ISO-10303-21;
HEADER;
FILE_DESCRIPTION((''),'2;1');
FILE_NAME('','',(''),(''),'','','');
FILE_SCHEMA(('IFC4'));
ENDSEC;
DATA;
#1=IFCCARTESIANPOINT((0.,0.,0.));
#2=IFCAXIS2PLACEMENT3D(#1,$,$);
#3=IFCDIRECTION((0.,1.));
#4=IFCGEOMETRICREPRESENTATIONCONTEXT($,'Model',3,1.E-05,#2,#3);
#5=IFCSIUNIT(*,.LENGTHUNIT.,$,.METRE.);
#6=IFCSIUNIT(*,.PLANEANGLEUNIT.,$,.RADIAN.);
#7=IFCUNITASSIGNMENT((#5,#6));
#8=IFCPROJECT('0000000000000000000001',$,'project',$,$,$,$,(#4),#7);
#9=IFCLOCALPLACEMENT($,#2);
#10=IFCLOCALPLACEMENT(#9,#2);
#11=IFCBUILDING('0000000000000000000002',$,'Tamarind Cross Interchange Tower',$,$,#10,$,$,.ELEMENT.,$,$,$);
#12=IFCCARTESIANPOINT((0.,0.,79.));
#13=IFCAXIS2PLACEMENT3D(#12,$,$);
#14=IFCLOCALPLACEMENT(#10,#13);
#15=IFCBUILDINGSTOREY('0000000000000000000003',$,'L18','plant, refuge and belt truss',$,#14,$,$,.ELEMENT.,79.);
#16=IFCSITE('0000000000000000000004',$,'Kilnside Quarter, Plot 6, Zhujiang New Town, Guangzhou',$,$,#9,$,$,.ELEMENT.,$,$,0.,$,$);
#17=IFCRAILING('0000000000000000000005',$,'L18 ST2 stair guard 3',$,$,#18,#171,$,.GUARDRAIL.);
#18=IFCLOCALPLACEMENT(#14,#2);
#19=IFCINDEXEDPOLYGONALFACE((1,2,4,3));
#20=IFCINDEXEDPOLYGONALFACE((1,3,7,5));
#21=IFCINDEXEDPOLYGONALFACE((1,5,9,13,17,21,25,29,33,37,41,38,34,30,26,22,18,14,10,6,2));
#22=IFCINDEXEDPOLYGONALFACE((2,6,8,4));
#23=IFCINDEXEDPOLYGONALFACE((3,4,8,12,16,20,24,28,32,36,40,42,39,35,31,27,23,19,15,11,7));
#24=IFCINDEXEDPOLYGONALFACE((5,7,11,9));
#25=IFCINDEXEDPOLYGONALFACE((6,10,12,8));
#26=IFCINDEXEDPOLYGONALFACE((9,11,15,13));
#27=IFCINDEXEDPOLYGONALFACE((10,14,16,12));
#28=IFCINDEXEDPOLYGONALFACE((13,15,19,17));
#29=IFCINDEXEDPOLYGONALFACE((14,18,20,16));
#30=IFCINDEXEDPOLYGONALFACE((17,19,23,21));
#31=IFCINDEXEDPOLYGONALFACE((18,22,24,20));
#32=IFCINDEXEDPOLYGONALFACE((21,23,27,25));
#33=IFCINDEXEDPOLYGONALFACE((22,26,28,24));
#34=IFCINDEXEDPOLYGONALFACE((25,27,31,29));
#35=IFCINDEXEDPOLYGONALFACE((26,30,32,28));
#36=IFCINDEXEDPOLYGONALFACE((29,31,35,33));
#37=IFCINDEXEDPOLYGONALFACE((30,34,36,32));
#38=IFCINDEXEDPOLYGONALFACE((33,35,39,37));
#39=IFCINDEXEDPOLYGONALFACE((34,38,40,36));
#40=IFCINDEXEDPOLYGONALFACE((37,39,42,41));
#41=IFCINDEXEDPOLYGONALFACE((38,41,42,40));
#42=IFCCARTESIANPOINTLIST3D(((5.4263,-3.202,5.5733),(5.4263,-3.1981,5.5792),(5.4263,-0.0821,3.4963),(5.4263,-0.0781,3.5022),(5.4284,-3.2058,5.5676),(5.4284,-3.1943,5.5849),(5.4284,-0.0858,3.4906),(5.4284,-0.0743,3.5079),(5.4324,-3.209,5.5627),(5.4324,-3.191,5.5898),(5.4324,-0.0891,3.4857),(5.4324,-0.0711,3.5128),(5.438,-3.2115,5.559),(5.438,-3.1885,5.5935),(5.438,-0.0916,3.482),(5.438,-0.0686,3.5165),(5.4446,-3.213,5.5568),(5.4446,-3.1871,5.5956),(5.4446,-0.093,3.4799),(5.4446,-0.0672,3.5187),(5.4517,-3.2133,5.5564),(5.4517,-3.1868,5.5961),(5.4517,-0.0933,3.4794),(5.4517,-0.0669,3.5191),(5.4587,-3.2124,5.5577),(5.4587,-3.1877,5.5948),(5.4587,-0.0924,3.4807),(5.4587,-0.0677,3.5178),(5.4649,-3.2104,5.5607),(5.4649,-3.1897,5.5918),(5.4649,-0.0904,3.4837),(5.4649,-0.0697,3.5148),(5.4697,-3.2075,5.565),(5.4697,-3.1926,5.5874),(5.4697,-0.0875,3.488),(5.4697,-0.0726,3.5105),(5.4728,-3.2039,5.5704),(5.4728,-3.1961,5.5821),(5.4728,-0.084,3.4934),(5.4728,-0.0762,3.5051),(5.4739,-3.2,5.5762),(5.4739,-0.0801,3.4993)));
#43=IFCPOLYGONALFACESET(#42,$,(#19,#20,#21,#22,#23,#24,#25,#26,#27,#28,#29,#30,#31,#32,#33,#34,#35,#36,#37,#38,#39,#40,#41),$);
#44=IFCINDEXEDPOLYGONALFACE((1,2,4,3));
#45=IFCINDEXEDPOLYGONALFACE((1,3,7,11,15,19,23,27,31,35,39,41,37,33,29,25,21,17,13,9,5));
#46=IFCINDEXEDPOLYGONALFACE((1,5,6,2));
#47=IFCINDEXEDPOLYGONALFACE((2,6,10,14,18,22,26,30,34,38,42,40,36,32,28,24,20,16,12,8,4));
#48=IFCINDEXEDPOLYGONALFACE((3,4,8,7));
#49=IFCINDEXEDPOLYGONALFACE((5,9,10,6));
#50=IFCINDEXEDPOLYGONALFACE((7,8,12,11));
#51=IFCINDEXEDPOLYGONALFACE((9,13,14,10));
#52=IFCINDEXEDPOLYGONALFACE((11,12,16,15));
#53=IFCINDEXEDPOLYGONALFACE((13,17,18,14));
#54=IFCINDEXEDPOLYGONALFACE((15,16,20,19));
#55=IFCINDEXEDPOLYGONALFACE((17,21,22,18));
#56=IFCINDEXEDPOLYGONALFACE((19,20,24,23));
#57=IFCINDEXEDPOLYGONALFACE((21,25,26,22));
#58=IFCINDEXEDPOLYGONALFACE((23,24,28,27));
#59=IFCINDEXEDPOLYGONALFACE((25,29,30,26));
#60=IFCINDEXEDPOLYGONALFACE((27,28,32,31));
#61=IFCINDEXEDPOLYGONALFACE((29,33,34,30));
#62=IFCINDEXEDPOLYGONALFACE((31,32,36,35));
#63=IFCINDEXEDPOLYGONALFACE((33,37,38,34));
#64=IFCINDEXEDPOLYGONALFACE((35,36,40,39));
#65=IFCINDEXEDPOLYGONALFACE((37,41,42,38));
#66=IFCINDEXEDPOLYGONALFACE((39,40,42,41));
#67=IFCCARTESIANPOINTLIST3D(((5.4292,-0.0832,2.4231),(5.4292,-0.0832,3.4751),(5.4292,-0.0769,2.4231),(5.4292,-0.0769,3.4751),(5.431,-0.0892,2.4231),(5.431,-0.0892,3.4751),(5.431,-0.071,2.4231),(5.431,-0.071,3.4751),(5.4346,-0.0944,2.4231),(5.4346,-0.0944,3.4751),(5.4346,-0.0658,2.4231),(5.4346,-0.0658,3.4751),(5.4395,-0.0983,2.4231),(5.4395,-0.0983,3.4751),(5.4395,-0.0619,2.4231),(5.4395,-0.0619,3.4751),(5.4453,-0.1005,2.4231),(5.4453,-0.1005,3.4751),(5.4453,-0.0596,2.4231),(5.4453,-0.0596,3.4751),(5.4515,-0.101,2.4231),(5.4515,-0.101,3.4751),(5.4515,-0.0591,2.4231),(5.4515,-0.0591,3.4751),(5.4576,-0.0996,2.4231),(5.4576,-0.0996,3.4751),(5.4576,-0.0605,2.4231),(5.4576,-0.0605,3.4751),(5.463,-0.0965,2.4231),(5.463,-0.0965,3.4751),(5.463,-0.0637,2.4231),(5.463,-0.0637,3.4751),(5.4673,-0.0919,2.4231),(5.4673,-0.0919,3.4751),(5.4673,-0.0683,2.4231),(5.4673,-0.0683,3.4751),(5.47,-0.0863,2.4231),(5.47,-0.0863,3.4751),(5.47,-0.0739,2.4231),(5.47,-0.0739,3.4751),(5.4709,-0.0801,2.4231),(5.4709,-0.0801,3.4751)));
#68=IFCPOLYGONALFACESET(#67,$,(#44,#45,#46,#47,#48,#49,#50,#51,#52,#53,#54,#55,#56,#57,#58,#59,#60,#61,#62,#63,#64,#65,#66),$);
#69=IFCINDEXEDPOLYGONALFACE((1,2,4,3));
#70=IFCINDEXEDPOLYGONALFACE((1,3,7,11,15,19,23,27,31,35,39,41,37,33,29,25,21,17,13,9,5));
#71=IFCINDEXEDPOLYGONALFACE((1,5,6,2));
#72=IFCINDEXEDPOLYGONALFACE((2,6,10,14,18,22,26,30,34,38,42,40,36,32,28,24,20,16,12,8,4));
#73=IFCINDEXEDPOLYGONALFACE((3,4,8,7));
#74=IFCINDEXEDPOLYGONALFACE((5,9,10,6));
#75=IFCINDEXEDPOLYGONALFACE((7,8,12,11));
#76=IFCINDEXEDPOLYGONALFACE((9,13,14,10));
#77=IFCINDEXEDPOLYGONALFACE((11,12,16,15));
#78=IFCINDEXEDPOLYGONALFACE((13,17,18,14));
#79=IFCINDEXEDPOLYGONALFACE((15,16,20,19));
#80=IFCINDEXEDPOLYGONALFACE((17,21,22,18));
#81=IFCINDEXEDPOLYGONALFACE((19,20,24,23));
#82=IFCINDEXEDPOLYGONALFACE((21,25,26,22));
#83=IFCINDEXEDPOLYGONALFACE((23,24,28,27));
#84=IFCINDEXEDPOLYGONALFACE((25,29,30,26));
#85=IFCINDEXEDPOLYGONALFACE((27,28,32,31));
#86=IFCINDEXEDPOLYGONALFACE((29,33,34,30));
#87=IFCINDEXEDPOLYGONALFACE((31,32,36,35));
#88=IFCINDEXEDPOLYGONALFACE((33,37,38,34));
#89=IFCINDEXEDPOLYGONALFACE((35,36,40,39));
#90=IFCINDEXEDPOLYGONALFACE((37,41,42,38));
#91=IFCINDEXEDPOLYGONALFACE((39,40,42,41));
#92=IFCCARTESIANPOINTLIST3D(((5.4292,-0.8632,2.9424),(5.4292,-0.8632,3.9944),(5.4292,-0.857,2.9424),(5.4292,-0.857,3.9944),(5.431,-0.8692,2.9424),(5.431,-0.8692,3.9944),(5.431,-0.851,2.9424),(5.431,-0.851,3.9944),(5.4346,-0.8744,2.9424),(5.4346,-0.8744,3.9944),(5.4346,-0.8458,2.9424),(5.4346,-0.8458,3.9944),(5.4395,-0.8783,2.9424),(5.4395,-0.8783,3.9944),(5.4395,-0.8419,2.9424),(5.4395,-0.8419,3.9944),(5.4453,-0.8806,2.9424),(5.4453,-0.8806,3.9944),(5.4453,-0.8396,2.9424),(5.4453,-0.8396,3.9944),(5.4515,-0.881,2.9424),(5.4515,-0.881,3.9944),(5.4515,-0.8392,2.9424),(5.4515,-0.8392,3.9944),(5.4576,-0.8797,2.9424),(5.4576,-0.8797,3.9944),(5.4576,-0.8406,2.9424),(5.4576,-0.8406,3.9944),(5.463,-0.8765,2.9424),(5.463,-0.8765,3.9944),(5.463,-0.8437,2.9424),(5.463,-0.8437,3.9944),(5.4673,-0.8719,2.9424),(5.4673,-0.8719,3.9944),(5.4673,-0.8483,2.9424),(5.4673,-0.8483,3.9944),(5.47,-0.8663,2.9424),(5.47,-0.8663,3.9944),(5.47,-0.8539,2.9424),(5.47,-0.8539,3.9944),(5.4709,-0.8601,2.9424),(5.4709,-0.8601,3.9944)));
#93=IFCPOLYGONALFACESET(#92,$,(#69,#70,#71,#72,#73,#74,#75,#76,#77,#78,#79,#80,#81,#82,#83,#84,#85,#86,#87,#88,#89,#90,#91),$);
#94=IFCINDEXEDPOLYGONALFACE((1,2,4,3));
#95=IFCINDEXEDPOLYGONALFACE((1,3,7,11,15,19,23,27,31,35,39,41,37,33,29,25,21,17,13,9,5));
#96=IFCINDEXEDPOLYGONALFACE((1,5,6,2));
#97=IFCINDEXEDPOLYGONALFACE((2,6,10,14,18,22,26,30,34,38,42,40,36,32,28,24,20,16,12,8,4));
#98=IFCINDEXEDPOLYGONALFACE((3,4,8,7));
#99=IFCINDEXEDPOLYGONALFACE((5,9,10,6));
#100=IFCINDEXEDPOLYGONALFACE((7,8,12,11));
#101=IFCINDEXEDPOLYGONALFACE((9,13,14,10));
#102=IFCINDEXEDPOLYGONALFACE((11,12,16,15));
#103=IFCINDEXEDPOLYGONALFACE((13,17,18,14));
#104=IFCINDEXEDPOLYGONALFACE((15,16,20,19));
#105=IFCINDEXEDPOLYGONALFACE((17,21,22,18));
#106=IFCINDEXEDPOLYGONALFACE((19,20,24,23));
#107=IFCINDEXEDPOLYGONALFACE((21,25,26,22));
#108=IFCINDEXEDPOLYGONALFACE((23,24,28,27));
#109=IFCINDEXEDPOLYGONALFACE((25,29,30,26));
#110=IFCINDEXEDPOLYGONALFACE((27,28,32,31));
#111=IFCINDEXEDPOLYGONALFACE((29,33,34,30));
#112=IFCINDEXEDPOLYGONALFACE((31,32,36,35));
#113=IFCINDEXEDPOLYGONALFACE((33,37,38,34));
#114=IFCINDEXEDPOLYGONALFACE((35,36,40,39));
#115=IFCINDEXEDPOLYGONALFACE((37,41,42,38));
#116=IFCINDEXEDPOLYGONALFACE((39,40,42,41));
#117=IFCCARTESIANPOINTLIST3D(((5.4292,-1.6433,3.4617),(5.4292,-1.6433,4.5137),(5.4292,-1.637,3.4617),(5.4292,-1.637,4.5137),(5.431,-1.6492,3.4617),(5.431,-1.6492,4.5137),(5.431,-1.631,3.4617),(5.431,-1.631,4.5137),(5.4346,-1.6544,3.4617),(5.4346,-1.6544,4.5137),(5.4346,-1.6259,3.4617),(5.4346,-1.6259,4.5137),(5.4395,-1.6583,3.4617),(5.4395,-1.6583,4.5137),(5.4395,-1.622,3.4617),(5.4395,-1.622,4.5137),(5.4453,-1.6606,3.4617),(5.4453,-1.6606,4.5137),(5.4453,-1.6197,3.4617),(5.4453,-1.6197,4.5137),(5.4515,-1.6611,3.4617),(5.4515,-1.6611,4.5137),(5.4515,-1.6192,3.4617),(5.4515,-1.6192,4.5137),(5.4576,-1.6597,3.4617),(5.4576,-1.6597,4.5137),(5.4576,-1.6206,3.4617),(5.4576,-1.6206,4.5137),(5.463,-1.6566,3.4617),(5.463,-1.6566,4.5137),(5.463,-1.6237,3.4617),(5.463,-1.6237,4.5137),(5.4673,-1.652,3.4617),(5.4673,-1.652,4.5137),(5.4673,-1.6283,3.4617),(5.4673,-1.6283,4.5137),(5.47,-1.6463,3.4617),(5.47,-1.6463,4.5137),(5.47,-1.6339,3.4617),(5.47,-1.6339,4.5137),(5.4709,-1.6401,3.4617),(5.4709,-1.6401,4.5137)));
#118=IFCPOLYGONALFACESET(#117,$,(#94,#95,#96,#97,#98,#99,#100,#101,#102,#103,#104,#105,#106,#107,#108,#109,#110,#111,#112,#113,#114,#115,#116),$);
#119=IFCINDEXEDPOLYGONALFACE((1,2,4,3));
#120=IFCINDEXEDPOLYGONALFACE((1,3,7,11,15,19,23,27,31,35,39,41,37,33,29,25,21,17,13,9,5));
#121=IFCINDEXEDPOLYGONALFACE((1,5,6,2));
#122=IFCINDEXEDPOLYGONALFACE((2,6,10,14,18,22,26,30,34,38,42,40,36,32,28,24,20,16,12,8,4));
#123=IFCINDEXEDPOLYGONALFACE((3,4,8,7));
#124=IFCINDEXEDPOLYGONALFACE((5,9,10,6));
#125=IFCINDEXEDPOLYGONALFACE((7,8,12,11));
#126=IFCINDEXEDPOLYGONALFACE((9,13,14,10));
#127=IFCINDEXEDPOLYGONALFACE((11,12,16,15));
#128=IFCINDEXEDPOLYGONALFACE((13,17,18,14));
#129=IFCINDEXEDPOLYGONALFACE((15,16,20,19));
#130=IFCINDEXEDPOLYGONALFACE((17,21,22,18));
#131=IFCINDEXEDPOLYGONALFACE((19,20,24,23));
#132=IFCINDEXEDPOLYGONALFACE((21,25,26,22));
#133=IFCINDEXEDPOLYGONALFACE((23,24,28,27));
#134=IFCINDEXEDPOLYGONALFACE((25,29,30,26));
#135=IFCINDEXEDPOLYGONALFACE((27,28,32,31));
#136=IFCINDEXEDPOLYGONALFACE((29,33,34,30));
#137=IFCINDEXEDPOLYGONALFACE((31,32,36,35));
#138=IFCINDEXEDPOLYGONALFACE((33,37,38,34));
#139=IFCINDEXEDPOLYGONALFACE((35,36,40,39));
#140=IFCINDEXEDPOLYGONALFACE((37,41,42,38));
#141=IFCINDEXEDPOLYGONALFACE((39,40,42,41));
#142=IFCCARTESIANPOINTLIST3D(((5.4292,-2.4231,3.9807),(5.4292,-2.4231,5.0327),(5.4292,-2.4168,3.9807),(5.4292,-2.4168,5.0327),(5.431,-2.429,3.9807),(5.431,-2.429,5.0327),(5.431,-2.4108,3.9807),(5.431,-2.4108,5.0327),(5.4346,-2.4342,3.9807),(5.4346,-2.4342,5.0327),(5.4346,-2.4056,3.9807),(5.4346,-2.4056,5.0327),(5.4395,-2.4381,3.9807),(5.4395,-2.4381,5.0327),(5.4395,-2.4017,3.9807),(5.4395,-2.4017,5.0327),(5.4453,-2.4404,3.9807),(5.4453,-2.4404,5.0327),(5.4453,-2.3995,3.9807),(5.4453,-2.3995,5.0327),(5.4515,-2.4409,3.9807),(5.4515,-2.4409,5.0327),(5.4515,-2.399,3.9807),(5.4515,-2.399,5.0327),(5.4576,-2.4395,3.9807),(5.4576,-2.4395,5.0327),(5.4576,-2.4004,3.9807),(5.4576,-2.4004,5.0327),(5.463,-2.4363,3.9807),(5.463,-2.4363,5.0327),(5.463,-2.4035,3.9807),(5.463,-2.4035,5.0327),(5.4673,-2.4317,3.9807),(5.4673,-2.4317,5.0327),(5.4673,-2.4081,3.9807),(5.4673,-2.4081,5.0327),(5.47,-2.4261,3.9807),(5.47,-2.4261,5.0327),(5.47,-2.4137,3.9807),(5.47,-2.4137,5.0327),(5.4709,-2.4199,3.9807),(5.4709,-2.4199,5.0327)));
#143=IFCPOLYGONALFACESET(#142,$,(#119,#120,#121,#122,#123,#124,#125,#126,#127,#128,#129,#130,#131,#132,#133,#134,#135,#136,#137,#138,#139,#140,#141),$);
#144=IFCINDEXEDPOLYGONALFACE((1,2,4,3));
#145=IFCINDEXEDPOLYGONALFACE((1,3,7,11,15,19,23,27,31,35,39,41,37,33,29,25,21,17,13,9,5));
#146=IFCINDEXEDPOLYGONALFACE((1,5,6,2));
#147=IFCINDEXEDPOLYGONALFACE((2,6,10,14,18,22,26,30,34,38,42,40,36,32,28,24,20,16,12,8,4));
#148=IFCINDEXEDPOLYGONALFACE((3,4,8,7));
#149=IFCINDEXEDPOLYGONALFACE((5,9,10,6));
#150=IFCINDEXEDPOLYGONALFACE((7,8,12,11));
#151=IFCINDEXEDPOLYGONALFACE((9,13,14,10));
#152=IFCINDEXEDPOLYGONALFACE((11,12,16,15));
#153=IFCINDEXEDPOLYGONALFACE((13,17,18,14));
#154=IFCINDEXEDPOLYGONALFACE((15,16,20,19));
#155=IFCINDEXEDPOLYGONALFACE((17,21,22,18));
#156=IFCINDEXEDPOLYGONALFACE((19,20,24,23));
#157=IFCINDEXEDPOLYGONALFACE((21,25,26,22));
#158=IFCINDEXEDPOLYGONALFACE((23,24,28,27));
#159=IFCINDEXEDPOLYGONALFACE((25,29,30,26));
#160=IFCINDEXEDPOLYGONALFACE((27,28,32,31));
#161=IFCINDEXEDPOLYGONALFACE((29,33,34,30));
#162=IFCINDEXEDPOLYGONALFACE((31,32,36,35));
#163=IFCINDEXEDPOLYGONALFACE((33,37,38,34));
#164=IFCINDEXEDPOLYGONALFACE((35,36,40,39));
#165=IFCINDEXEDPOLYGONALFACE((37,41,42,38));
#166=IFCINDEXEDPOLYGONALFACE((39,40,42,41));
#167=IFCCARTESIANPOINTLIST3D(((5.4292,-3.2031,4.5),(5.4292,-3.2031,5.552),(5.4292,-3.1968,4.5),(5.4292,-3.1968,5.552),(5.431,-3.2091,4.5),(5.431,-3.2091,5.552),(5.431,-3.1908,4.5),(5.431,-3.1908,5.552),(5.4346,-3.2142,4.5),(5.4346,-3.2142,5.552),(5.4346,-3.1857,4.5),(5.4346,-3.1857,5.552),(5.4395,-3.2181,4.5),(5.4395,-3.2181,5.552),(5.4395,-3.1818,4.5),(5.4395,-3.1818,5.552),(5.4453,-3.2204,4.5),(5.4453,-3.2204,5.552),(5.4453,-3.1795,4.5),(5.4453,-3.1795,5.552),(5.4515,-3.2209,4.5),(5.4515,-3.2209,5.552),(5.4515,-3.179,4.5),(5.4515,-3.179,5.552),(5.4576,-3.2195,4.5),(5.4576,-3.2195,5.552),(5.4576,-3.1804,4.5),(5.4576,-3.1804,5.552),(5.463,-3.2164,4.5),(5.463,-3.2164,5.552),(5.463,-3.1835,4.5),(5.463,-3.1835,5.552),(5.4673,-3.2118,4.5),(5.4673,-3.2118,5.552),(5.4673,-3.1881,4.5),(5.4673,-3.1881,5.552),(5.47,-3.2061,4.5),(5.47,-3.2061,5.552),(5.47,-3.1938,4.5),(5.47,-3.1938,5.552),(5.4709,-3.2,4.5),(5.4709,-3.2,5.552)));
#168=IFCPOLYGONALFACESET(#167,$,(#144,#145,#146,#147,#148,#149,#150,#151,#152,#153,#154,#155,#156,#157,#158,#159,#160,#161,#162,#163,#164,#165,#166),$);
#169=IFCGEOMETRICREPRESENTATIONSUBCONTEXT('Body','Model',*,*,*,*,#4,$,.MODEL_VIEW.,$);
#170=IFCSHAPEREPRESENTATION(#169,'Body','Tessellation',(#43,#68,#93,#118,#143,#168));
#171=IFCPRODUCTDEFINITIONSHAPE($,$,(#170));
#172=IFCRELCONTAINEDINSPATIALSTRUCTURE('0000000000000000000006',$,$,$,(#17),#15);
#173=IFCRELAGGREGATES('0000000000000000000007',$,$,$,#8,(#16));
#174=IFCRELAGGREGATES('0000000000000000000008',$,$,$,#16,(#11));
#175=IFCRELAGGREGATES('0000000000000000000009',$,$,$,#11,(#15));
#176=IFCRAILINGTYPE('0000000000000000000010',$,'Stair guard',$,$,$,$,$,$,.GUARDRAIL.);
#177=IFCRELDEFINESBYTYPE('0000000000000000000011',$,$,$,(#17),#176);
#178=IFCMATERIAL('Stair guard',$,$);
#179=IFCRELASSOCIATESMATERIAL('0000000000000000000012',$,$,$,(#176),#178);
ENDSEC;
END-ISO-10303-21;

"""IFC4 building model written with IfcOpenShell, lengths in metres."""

from ifc_helpers import new_model, si_unit, direction, frame, origin, origin_2d, place, context, subcontext, project, spatial, circle, extrude, material, type_object, element, save


model = new_model("IFC4")

# Units and contexts
model_context = context("Model", 3, precision=1e-05, world=origin(), true_north=direction((0.0, 1.0)))
body_context = subcontext(model_context, "Body", "Model", "MODEL_VIEW")
ifc_project = project(units=[si_unit("LENGTHUNIT", "METRE"), si_unit("PLANEANGLEUNIT", "RADIAN")], contexts=[model_context])

# Site, building, storey
site_placement = place(None, origin())
site = spatial("IfcSite", under=ifc_project, at=site_placement, Name="Kilnside Quarter, Plot 6, Zhujiang New Town, Guangzhou", CompositionType="ELEMENT", RefElevation=0.0)
building_placement = place(site_placement, origin())
building = spatial("IfcBuilding", under=site, at=building_placement, Name="Tamarind Cross Interchange Tower", CompositionType="ELEMENT")
storey_placement = place(building_placement, frame((0.0, 0.0, 79.0)))
storey = spatial("IfcBuildingStorey", under=building, at=storey_placement, Name="L18", Description="plant, refuge and belt truss", CompositionType="ELEMENT", Elevation=79.0)

# Railing
ifc_material_1 = material(Name="Stair guard")
railing_type_1 = type_object("IfcRailingType", Name="Stair guard", PredefinedType="GUARDRAIL", material=ifc_material_1)
railing_1_placement = place(storey_placement, frame((5.45, -0.0801, 2.4231)))
element("IfcRailing", 1, at=railing_1_placement, inside=storey, type_object=railing_type_1, Name="L18 ST2 stair guard 3", PredefinedType="GUARDRAIL", context=body_context, shape_type="SweptSolid", body=[
    extrude(circle(Radius=0.0239, at=origin_2d()), frame((0.0, 0.0, 1.0762), z_axis=(0.0, -0.832421, 0.554144), x_axis=(1.0, 0.0, 0.0)), (0.0, 0.0, 1.0), 3.748),
    extrude(circle(Radius=0.021, at=origin_2d()), origin(), (0.0, 0.0, 1.0), 1.052),
    extrude(circle(Radius=0.021, at=origin_2d()), frame((0.0, -0.78, 0.5193)), (0.0, 0.0, 1.0), 1.052),
    extrude(circle(Radius=0.021, at=origin_2d()), frame((0.0, -1.5601, 1.0386)), (0.0, 0.0, 1.0), 1.052),
    extrude(circle(Radius=0.021, at=origin_2d()), frame((0.0, -2.3398, 1.5576)), (0.0, 0.0, 1.0), 1.052),
    extrude(circle(Radius=0.021, at=origin_2d()), frame((0.0, -3.1199, 2.0769)), (0.0, 0.0, 1.0), 1.052),
])

save(model, "model.ifc")
